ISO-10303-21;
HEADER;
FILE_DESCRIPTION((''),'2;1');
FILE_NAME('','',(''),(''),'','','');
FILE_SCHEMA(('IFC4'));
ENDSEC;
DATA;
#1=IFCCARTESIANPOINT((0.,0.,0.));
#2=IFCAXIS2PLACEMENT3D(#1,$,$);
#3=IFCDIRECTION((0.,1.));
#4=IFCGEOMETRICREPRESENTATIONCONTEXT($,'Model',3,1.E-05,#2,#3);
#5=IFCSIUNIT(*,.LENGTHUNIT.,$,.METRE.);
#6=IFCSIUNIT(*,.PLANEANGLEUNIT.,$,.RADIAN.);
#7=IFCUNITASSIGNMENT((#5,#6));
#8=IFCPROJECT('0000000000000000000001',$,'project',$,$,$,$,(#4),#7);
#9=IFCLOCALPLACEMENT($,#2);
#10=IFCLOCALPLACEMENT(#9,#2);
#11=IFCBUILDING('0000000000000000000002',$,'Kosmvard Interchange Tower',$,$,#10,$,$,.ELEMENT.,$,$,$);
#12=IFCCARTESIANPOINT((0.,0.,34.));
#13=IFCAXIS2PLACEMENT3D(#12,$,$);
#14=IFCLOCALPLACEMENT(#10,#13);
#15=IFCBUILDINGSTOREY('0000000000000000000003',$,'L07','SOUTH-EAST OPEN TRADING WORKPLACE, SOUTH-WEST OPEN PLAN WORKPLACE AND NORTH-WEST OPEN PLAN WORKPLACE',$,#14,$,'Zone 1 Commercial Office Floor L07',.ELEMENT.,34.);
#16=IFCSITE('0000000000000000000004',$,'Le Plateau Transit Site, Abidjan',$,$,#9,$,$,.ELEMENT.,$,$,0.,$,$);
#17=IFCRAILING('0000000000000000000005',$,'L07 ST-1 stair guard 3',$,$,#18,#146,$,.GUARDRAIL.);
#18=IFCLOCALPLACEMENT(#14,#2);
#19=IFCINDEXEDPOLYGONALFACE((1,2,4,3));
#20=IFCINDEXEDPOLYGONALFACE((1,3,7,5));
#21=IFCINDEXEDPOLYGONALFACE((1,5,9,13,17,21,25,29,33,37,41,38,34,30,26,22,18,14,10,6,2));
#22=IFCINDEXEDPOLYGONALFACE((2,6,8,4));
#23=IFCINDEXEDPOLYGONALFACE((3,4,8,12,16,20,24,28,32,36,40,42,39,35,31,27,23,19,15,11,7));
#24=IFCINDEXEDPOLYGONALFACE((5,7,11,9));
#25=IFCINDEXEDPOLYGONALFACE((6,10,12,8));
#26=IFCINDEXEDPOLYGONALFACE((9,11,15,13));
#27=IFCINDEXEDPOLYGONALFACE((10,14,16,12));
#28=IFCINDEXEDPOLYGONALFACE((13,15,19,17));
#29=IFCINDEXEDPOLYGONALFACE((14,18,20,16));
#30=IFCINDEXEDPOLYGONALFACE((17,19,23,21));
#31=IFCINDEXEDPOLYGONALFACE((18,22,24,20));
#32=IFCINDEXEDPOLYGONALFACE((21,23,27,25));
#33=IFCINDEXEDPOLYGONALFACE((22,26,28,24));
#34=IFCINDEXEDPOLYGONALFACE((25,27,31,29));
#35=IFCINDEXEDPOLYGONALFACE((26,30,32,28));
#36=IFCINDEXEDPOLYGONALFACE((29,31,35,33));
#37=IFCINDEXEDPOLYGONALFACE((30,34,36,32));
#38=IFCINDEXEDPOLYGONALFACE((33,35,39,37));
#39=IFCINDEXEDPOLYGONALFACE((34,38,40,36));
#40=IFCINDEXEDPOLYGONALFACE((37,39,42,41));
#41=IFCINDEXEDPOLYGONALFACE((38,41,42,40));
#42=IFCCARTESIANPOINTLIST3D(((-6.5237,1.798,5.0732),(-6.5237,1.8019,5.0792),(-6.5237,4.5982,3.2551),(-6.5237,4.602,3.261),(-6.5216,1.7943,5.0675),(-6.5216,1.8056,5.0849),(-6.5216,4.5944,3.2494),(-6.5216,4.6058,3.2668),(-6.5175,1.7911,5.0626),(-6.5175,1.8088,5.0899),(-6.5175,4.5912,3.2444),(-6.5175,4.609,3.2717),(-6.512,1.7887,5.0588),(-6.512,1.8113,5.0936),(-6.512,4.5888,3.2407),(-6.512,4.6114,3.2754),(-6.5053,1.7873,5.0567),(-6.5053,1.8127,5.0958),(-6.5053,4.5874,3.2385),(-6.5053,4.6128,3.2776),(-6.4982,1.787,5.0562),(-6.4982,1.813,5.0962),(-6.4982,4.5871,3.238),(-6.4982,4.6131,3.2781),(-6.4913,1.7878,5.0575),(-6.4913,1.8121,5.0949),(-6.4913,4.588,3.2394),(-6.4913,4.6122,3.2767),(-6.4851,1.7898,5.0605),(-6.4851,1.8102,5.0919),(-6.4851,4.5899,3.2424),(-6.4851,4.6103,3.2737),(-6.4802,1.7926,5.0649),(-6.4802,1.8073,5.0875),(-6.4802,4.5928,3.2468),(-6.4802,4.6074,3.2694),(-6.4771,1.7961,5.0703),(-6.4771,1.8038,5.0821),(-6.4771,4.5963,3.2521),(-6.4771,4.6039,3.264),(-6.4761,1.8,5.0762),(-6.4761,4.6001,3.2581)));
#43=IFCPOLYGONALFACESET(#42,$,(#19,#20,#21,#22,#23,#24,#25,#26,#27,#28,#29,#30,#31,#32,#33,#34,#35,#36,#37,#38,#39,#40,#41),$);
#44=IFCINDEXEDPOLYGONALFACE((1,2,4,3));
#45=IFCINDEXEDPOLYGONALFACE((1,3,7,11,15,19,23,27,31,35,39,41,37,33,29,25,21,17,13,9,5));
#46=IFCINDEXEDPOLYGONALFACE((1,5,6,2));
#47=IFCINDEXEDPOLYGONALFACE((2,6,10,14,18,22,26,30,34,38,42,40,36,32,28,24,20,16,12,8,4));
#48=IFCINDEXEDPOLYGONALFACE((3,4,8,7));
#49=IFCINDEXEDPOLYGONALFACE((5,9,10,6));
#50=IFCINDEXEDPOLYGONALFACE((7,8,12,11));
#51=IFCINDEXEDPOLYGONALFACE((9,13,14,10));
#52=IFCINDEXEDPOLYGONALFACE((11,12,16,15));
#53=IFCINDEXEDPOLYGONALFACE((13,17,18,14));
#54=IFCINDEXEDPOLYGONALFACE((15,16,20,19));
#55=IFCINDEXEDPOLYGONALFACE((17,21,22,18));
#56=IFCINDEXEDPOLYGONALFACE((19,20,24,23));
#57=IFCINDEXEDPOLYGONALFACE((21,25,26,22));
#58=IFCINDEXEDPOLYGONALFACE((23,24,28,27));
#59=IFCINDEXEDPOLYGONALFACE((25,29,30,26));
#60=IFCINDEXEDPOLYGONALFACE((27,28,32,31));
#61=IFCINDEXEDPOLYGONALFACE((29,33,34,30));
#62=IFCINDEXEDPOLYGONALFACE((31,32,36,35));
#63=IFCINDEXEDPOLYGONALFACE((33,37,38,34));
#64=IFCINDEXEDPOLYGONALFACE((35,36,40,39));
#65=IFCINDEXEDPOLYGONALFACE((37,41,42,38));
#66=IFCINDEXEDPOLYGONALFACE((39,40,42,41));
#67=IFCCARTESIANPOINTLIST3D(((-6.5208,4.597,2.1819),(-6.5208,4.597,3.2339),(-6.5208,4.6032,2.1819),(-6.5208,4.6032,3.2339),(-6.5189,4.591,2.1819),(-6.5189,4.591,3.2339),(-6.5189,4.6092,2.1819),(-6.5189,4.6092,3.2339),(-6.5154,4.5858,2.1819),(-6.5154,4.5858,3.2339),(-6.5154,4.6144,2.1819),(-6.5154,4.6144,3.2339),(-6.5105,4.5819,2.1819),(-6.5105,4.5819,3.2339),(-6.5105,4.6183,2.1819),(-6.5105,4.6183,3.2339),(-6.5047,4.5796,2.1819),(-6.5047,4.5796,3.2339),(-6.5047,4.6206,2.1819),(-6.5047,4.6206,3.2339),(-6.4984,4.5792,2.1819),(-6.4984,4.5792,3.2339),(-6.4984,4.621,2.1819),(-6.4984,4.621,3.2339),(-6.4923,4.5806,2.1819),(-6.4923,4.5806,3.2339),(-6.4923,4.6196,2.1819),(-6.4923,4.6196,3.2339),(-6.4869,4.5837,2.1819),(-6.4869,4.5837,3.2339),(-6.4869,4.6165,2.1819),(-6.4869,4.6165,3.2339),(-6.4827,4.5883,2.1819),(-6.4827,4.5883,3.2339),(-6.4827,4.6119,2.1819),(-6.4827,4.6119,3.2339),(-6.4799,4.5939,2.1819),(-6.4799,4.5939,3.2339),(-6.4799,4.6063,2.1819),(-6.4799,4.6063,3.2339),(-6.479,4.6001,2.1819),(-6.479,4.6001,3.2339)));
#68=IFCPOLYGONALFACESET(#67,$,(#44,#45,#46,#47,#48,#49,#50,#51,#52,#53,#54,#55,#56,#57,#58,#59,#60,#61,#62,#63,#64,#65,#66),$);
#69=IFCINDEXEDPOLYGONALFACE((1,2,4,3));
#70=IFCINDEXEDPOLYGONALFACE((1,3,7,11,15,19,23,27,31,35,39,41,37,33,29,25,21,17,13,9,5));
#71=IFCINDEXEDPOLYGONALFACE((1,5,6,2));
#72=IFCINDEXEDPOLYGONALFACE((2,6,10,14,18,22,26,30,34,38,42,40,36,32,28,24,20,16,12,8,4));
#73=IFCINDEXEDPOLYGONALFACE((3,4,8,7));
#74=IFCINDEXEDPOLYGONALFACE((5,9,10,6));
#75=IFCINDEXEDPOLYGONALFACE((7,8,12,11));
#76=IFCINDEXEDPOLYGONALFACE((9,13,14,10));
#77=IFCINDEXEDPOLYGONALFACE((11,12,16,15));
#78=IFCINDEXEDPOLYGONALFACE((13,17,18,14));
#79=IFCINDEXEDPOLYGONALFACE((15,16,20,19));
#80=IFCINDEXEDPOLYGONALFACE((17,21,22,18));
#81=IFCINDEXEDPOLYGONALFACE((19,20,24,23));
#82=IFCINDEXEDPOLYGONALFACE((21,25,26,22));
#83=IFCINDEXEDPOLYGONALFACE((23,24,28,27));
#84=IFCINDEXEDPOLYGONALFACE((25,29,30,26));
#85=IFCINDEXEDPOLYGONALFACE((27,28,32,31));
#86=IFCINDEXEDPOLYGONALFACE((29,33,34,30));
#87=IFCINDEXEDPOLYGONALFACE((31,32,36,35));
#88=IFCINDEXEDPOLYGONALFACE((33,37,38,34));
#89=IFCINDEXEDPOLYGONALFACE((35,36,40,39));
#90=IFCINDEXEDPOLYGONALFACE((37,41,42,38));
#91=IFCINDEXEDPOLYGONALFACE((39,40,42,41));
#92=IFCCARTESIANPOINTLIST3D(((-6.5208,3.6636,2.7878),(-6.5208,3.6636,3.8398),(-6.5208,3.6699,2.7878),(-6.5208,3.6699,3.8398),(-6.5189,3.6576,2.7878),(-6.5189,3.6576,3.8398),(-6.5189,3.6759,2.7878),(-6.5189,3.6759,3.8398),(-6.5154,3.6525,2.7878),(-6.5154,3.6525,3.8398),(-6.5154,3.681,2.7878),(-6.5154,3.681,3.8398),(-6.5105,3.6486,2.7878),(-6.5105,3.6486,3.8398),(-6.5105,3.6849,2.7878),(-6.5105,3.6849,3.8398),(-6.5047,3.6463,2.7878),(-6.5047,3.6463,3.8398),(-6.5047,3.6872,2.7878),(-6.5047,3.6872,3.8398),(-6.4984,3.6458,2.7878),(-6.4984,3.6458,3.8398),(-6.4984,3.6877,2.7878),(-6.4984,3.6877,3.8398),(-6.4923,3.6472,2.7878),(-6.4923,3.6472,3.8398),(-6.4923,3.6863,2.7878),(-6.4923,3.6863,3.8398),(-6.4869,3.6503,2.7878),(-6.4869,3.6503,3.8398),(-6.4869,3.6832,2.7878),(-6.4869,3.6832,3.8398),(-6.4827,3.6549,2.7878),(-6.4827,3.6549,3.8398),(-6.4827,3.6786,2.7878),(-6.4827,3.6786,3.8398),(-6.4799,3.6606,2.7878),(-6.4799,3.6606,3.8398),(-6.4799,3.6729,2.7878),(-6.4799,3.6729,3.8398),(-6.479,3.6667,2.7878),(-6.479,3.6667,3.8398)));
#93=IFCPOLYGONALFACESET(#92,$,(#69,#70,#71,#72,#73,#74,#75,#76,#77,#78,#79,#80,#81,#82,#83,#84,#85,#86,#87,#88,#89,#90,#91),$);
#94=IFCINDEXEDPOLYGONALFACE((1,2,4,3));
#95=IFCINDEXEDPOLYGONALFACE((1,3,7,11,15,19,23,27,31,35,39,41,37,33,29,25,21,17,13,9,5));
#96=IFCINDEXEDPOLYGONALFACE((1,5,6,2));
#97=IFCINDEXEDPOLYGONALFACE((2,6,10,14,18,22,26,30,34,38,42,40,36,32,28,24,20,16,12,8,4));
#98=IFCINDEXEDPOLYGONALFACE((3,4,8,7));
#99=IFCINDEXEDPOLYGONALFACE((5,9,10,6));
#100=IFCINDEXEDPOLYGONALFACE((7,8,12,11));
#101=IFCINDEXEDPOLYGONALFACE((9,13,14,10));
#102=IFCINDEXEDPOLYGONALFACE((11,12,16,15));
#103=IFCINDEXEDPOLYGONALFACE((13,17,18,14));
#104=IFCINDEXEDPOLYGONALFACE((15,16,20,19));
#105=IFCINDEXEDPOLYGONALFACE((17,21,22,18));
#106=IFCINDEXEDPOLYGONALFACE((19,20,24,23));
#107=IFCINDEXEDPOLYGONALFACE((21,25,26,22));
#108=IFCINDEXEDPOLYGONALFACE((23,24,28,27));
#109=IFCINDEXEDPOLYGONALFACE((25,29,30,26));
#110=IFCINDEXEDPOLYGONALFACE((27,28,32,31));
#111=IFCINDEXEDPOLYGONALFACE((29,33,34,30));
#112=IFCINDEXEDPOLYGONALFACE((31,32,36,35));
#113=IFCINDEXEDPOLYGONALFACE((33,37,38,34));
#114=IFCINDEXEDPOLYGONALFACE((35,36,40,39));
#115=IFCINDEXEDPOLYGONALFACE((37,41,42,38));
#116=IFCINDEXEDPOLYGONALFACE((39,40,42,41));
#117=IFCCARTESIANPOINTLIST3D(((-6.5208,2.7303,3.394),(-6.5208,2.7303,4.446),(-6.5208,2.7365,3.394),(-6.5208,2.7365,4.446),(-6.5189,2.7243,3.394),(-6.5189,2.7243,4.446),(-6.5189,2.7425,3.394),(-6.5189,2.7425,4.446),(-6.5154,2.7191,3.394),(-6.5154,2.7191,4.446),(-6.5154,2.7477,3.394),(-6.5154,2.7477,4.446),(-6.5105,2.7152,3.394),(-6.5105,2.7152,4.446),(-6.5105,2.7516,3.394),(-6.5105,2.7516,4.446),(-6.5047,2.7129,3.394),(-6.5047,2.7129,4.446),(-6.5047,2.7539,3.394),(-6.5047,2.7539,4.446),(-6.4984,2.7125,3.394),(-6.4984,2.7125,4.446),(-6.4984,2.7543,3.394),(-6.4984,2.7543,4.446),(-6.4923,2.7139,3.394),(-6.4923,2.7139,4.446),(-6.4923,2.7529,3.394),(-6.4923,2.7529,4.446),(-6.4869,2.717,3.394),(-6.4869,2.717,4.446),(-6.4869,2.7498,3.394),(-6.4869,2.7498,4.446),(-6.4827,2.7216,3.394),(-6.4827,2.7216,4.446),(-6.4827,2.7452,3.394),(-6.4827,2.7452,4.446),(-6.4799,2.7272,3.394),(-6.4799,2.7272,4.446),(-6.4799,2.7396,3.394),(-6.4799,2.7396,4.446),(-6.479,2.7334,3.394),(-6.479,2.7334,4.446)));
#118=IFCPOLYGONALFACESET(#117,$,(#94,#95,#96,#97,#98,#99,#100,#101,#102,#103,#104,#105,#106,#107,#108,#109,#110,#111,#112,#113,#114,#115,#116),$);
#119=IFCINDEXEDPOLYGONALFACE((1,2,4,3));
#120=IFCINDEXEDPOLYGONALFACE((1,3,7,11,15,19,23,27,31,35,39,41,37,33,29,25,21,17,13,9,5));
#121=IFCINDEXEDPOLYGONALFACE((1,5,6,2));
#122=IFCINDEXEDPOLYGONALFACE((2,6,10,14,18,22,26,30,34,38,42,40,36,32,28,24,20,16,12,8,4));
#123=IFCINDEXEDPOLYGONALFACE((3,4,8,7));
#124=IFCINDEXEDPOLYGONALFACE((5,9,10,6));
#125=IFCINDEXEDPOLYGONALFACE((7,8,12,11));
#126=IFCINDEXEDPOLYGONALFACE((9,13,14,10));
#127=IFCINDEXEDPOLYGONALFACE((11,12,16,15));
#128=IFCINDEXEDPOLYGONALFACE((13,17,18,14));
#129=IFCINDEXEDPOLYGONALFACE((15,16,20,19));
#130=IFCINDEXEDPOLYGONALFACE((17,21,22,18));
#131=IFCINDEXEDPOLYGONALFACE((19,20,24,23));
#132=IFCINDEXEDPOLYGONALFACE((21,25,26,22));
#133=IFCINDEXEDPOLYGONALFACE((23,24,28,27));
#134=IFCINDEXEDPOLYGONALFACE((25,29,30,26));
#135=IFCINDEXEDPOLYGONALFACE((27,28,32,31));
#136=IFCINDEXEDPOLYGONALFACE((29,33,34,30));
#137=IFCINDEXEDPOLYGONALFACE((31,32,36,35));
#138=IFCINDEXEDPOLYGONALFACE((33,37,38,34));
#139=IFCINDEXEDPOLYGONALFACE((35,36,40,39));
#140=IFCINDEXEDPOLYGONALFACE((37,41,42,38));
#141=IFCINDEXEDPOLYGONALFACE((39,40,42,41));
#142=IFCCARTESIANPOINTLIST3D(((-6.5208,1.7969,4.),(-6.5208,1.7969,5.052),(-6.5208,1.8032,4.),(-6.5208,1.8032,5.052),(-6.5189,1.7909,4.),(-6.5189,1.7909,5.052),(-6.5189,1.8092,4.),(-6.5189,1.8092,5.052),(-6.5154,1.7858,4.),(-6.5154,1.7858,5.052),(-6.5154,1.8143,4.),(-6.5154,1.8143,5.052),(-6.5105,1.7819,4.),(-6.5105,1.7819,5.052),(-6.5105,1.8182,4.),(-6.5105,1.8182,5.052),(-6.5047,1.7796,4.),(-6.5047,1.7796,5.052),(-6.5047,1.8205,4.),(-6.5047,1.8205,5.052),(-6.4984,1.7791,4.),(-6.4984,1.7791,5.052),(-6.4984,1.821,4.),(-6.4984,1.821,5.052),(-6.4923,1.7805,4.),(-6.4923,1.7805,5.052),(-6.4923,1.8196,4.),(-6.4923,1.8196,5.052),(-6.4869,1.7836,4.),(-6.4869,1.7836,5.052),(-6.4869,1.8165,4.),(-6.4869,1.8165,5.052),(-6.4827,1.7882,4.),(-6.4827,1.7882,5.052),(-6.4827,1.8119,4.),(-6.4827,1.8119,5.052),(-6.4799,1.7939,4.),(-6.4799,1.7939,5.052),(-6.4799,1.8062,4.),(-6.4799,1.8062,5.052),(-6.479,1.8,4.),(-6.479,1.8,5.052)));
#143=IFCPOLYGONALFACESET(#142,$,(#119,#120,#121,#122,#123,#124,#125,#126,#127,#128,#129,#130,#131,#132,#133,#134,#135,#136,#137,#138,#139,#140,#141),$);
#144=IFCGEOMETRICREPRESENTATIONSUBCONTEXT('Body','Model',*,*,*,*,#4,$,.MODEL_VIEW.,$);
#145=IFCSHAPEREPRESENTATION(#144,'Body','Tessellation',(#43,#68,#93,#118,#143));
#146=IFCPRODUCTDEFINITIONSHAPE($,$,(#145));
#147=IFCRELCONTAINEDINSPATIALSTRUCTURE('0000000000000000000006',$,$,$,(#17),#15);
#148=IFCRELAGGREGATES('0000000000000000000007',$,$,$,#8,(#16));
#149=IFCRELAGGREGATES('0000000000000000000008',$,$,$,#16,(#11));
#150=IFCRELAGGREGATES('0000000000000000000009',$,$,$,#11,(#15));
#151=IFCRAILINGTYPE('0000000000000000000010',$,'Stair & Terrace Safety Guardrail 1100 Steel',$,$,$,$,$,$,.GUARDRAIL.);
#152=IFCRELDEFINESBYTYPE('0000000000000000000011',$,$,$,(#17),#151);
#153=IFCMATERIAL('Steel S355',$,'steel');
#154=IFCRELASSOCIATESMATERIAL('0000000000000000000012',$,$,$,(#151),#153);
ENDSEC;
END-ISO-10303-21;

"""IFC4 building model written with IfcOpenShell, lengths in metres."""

from ifc_helpers import new_model, si_unit, direction, frame, origin, origin_2d, place, context, subcontext, project, spatial, circle, extrude, source, transform, mapped, material, type_object, element, save


model = new_model("IFC4")

# Units and contexts
model_context = context("Model", 3, precision=1e-05, world=origin(), true_north=direction((0.0, 1.0)))
body_context = subcontext(model_context, "Body", "Model", "MODEL_VIEW")
ifc_project = project(units=[si_unit("LENGTHUNIT", "METRE"), si_unit("PLANEANGLEUNIT", "RADIAN")], contexts=[model_context])

# Site, building, storey
site_placement = place(None, origin())
site = spatial("IfcSite", under=ifc_project, at=site_placement, Name="Le Plateau Transit Site, Abidjan", CompositionType="ELEMENT", RefElevation=0.0)
building_placement = place(site_placement, origin())
building = spatial("IfcBuilding", under=site, at=building_placement, Name="Kosmvard Interchange Tower", CompositionType="ELEMENT")
storey_placement = place(building_placement, frame((0.0, 0.0, 34.0)))
storey = spatial("IfcBuildingStorey", under=building, at=storey_placement, Name="L07", Description="SOUTH-EAST OPEN TRADING WORKPLACE, SOUTH-WEST OPEN PLAN WORKPLACE AND NORTH-WEST OPEN PLAN WORKPLACE", LongName="Zone 1 Commercial Office Floor L07", CompositionType="ELEMENT", Elevation=34.0)

# Shared definitions
ifc_material_1 = material(Name="Steel S355", Category="steel")

# Railing
railing_type_1 = type_object("IfcRailingType", Name="Stair & Terrace Safety Guardrail 1100 Steel", PredefinedType="GUARDRAIL", material=ifc_material_1)
shared_shape_1 = source(origin(), body_context, "Body", "SweptSolid", [
    extrude(circle(Radius=0.0239, at=origin_2d()), frame((0.0, 0.0, 1.0762), z_axis=(0.0, -0.838706, 0.544585), x_axis=(1.0, 0.0, 0.0)), (0.0, 0.0, 1.0), 3.3386),
    extrude(circle(Radius=0.021, at=origin_2d()), origin(), (0.0, 0.0, 1.0), 1.052),
    extrude(circle(Radius=0.021, at=origin_2d()), frame((0.0, -0.9333, 0.606)), (0.0, 0.0, 1.0), 1.052),
    extrude(circle(Radius=0.021, at=origin_2d()), frame((0.0, -1.8667, 1.2122)), (0.0, 0.0, 1.0), 1.052),
    extrude(circle(Radius=0.021, at=origin_2d()), frame((0.0, -2.8, 1.8181)), (0.0, 0.0, 1.0), 1.052),
])
railing_1_placement = place(storey_placement, frame((-6.5, 4.6001, 2.1819)))
element("IfcRailing", 1, at=railing_1_placement, inside=storey, type_object=railing_type_1, Name="L07 ST-1 stair guard 3", PredefinedType="GUARDRAIL", context=body_context, shape_type="MappedRepresentation", body=[
    mapped(shared_shape_1, transform((0.0, 0.0, 0.0), scale=1.0)),
])

save(model, "model.ifc")
